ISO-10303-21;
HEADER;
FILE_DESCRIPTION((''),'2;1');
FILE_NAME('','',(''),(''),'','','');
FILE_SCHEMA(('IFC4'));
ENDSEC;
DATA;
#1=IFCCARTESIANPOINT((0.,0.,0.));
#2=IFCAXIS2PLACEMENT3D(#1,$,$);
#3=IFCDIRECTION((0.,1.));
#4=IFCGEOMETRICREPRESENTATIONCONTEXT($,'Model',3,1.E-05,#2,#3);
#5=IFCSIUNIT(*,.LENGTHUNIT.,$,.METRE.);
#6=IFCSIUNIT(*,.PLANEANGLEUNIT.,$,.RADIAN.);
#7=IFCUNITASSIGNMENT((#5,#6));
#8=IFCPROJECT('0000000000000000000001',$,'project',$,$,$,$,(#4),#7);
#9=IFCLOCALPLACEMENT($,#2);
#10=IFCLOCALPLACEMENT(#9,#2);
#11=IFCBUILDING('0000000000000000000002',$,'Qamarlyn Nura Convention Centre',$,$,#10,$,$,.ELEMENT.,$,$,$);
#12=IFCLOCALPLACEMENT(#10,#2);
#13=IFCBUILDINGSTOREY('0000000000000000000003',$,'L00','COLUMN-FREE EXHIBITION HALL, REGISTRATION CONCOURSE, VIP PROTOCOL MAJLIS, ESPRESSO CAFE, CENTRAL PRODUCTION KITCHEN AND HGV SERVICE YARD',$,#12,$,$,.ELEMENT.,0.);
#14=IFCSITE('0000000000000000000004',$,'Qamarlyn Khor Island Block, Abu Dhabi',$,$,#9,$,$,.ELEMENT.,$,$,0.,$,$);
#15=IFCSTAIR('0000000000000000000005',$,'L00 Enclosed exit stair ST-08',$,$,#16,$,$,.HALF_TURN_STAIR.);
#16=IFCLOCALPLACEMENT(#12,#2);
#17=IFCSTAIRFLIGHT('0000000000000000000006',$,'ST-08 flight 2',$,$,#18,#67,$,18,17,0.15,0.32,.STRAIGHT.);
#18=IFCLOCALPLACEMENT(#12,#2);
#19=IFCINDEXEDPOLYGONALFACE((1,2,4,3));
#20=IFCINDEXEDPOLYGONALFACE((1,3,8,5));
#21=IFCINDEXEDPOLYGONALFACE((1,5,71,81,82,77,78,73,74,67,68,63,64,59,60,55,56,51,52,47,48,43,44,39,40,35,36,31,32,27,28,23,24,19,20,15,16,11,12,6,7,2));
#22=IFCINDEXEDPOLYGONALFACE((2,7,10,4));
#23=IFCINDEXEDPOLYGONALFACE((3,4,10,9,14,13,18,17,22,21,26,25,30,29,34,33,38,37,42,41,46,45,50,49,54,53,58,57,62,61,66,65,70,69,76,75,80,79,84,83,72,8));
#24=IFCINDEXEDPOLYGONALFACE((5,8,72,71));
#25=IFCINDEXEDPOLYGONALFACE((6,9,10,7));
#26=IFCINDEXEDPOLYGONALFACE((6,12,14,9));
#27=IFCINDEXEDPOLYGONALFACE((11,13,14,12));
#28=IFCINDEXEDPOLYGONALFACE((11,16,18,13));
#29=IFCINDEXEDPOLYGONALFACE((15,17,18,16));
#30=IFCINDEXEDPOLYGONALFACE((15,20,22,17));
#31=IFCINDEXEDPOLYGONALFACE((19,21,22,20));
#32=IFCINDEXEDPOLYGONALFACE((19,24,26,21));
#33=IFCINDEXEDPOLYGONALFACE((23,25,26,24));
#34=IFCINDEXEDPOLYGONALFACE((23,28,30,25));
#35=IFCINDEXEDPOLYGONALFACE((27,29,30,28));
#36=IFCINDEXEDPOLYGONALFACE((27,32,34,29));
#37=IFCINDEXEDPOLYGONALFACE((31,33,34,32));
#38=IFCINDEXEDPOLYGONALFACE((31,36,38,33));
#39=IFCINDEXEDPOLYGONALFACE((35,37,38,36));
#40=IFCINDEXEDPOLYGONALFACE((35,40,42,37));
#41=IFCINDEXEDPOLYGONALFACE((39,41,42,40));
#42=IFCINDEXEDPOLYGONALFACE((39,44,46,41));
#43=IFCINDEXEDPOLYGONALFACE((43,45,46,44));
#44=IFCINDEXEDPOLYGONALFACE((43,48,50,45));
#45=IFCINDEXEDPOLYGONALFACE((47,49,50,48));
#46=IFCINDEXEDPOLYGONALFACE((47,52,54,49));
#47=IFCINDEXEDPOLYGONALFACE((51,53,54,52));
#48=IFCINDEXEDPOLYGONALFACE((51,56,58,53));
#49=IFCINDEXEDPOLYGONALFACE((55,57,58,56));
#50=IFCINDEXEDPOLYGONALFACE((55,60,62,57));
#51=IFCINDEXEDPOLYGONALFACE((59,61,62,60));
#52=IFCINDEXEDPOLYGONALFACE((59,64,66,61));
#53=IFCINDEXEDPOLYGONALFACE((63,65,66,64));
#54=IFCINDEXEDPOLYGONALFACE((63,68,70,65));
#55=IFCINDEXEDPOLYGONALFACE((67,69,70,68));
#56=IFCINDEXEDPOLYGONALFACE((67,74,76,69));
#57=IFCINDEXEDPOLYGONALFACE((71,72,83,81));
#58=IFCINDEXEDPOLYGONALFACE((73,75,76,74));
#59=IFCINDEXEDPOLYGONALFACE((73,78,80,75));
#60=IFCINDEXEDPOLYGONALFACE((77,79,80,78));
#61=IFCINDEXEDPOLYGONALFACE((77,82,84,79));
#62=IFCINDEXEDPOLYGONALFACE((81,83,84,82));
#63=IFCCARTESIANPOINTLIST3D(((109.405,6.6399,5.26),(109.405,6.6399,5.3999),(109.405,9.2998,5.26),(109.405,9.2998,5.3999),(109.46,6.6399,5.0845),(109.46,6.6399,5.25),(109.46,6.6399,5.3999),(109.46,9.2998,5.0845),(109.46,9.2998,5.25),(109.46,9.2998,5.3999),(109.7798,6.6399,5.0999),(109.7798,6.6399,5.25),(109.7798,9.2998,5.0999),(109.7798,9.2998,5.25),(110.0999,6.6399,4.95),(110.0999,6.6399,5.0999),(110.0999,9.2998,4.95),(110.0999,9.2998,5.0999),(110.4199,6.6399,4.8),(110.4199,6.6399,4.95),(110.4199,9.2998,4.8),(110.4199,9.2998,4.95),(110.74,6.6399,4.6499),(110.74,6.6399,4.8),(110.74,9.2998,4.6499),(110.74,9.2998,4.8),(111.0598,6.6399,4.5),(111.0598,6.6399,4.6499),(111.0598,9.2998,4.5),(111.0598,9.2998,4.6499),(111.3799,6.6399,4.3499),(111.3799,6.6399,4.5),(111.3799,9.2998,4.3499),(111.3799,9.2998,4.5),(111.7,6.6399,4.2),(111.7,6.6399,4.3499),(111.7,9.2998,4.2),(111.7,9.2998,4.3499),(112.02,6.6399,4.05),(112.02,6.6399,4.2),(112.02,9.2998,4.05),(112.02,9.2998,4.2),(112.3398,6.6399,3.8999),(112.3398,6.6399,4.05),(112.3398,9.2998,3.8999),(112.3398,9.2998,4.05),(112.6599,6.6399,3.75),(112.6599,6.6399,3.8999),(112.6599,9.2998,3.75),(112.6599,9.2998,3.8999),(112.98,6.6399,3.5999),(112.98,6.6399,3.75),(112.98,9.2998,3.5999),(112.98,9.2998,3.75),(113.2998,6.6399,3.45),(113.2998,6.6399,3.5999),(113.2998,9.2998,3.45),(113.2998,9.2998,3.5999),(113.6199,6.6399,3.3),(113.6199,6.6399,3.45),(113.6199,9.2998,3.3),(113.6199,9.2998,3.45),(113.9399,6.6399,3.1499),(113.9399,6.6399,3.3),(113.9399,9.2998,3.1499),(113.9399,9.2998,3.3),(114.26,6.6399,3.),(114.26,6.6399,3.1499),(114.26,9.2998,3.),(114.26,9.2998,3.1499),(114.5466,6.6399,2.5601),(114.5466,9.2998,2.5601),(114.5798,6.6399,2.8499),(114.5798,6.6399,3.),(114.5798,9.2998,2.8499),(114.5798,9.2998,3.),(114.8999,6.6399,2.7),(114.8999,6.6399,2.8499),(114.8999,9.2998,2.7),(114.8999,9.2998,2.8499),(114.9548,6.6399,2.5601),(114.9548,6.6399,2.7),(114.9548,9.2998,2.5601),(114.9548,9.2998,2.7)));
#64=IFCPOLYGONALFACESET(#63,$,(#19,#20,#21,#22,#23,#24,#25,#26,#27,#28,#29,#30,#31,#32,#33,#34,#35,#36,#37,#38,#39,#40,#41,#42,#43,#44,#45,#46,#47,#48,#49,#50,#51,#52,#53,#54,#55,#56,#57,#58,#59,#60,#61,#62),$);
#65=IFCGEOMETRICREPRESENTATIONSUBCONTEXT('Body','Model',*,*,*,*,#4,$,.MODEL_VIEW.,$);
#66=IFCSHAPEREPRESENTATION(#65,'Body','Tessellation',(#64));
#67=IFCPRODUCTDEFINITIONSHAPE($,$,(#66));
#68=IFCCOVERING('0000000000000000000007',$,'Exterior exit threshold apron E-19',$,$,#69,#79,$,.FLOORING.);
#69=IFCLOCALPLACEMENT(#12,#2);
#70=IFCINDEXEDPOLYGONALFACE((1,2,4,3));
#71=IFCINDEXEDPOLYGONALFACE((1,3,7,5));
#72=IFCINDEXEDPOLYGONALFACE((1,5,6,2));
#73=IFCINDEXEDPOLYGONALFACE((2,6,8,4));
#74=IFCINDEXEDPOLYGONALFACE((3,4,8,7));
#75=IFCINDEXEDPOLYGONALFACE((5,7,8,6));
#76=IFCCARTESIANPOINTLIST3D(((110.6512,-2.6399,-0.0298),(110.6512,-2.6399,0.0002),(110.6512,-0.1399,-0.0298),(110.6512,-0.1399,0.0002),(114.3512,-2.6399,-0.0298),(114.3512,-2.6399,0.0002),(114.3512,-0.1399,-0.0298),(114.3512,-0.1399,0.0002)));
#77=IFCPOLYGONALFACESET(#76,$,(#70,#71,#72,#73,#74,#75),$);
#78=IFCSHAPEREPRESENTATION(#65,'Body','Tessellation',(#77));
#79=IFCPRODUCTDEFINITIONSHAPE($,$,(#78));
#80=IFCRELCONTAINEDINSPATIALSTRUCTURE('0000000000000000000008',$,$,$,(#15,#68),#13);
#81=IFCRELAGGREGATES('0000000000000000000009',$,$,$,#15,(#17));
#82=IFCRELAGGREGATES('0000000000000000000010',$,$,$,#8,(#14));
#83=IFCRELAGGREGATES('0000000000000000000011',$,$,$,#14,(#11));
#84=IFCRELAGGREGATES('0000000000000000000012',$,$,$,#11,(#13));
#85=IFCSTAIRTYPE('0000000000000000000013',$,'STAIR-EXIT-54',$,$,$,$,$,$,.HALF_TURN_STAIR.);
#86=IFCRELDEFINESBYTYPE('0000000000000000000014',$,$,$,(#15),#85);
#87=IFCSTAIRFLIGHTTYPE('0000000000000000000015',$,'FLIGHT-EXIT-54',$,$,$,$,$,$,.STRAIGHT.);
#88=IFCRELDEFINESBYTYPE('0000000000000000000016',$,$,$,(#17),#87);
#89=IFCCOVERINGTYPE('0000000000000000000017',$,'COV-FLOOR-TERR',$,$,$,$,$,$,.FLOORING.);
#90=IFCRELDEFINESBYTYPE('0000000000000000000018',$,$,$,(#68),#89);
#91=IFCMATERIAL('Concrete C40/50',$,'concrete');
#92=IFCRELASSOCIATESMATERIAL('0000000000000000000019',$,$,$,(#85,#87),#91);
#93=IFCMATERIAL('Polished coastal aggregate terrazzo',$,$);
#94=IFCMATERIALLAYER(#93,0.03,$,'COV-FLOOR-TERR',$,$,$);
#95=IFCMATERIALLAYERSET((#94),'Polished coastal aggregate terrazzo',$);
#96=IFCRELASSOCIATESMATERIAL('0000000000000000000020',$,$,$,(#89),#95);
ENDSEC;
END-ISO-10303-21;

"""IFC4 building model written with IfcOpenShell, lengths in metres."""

from ifc_helpers import new_model, si_unit, direction, frame, origin, origin_2d, place, context, subcontext, project, spatial, polyline, rectangle, outline, extrude, material, layer, layer_set, type_object, element, aggregate, save


model = new_model("IFC4")

# Units and contexts
model_context = context("Model", 3, precision=1e-05, world=origin(), true_north=direction((0.0, 1.0)))
body_context = subcontext(model_context, "Body", "Model", "MODEL_VIEW")
ifc_project = project(units=[si_unit("LENGTHUNIT", "METRE"), si_unit("PLANEANGLEUNIT", "RADIAN")], contexts=[model_context])

# Site, building, storey
site_placement = place(None, origin())
site = spatial("IfcSite", under=ifc_project, at=site_placement, Name="Qamarlyn Khor Island Block, Abu Dhabi", CompositionType="ELEMENT", RefElevation=0.0)
building_placement = place(site_placement, origin())
building = spatial("IfcBuilding", under=site, at=building_placement, Name="Qamarlyn Nura Convention Centre", CompositionType="ELEMENT")
storey_placement = place(building_placement, origin())
storey = spatial("IfcBuildingStorey", under=building, at=storey_placement, Name="L00", Description="COLUMN-FREE EXHIBITION HALL, REGISTRATION CONCOURSE, VIP PROTOCOL MAJLIS, ESPRESSO CAFE, CENTRAL PRODUCTION KITCHEN AND HGV SERVICE YARD", CompositionType="ELEMENT", Elevation=0.0)

# Stair, stair flight
ifc_material_1 = material(Name="Concrete C40/50", Category="concrete")
stair_type = type_object("IfcStairType", Name="STAIR-EXIT-54", PredefinedType="HALF_TURN_STAIR", material=ifc_material_1)
stair_placement = place(storey_placement, origin())
stair = element("IfcStair", 1, at=stair_placement, inside=storey, type_object=stair_type, Name="L00 Enclosed exit stair ST-08", PredefinedType="HALF_TURN_STAIR")
stair_flight_type = type_object("IfcStairFlightType", Name="FLIGHT-EXIT-54", PredefinedType="STRAIGHT", material=ifc_material_1)
stair_flight_1_placement = place(storey_placement, frame((114.8999, 7.97, 2.7), z_axis=(0.0, 0.0, 1.0), x_axis=(-1.0, 0.0, 0.0)))
stair_flight_1 = element("IfcStairFlight", 2, at=stair_flight_1_placement, type_object=stair_flight_type, Name="ST-08 flight 2", NumberOfRisers=18, NumberOfTreads=17, PredefinedType="STRAIGHT", RiserHeight=0.15, TreadLength=0.32, context=body_context, shape_type="SweptSolid", body=[
    extrude(outline(polyline([(-0.0549, 0.0), (0.0, 0.0), (0.0, 0.1499), (0.3201, 0.1499), (0.3201, 0.3), (0.6399, 0.3), (0.6399, 0.45), (0.96, 0.45), (0.96, 0.6001), (1.28, 0.6001), (1.28, 0.75), (1.6001, 0.75), (1.6001, 0.8999), (1.9199, 0.8999), (1.9199, 1.05), (2.24, 1.05), (2.24, 1.2), (2.5601, 1.2), (2.5601, 1.3501), (2.8799, 1.3501), (2.8799, 1.5), (3.2, 1.5), (3.2, 1.6499), (3.52, 1.6499), (3.52, 1.8), (3.8401, 1.8), (3.8401, 1.95), (4.1599, 1.95), (4.1599, 2.1001), (4.48, 2.1001), (4.48, 2.25), (4.8, 2.25), (4.8, 2.3999), (5.1201, 2.3999), (5.1201, 2.55), (5.4399, 2.55), (5.4399, 2.7), (5.4949, 2.7), (5.4949, 2.5601), (5.4399, 2.3845), (0.3533, -0.1399), (-0.0549, -0.1399), (-0.0549, 0.0)])), frame((0.0, 1.3301, 0.0), z_axis=(0.0, -1.0, 0.0), x_axis=(1.0, 0.0, 0.0)), (0.0, 0.0, 1.0), 2.6599),
])
aggregate(stair, [stair_flight_1])

# Covering
ifc_material_2 = material(Name="Polished coastal aggregate terrazzo")
ifc_layer_1 = layer(ifc_material_2, 0.03, Name="COV-FLOOR-TERR")
ifc_layer_set_1 = layer_set([ifc_layer_1], Name="Polished coastal aggregate terrazzo")
covering_type = type_object("IfcCoveringType", Name="COV-FLOOR-TERR", PredefinedType="FLOORING", material=ifc_layer_set_1)
covering_placement = place(storey_placement, frame((112.5012, -1.3899, -0.0298), z_axis=(0.0, 0.0, 1.0), x_axis=(-1.0, 0.0, 0.0)))
element("IfcCovering", 3, at=covering_placement, inside=storey, type_object=covering_type, Name="Exterior exit threshold apron E-19", PredefinedType="FLOORING", context=body_context, shape_type="SweptSolid", body=[
    extrude(rectangle(XDim=3.7, YDim=2.5, at=origin_2d()), origin(), (0.0, 0.0, 1.0), 0.03),
])

save(model, "model.ifc")
